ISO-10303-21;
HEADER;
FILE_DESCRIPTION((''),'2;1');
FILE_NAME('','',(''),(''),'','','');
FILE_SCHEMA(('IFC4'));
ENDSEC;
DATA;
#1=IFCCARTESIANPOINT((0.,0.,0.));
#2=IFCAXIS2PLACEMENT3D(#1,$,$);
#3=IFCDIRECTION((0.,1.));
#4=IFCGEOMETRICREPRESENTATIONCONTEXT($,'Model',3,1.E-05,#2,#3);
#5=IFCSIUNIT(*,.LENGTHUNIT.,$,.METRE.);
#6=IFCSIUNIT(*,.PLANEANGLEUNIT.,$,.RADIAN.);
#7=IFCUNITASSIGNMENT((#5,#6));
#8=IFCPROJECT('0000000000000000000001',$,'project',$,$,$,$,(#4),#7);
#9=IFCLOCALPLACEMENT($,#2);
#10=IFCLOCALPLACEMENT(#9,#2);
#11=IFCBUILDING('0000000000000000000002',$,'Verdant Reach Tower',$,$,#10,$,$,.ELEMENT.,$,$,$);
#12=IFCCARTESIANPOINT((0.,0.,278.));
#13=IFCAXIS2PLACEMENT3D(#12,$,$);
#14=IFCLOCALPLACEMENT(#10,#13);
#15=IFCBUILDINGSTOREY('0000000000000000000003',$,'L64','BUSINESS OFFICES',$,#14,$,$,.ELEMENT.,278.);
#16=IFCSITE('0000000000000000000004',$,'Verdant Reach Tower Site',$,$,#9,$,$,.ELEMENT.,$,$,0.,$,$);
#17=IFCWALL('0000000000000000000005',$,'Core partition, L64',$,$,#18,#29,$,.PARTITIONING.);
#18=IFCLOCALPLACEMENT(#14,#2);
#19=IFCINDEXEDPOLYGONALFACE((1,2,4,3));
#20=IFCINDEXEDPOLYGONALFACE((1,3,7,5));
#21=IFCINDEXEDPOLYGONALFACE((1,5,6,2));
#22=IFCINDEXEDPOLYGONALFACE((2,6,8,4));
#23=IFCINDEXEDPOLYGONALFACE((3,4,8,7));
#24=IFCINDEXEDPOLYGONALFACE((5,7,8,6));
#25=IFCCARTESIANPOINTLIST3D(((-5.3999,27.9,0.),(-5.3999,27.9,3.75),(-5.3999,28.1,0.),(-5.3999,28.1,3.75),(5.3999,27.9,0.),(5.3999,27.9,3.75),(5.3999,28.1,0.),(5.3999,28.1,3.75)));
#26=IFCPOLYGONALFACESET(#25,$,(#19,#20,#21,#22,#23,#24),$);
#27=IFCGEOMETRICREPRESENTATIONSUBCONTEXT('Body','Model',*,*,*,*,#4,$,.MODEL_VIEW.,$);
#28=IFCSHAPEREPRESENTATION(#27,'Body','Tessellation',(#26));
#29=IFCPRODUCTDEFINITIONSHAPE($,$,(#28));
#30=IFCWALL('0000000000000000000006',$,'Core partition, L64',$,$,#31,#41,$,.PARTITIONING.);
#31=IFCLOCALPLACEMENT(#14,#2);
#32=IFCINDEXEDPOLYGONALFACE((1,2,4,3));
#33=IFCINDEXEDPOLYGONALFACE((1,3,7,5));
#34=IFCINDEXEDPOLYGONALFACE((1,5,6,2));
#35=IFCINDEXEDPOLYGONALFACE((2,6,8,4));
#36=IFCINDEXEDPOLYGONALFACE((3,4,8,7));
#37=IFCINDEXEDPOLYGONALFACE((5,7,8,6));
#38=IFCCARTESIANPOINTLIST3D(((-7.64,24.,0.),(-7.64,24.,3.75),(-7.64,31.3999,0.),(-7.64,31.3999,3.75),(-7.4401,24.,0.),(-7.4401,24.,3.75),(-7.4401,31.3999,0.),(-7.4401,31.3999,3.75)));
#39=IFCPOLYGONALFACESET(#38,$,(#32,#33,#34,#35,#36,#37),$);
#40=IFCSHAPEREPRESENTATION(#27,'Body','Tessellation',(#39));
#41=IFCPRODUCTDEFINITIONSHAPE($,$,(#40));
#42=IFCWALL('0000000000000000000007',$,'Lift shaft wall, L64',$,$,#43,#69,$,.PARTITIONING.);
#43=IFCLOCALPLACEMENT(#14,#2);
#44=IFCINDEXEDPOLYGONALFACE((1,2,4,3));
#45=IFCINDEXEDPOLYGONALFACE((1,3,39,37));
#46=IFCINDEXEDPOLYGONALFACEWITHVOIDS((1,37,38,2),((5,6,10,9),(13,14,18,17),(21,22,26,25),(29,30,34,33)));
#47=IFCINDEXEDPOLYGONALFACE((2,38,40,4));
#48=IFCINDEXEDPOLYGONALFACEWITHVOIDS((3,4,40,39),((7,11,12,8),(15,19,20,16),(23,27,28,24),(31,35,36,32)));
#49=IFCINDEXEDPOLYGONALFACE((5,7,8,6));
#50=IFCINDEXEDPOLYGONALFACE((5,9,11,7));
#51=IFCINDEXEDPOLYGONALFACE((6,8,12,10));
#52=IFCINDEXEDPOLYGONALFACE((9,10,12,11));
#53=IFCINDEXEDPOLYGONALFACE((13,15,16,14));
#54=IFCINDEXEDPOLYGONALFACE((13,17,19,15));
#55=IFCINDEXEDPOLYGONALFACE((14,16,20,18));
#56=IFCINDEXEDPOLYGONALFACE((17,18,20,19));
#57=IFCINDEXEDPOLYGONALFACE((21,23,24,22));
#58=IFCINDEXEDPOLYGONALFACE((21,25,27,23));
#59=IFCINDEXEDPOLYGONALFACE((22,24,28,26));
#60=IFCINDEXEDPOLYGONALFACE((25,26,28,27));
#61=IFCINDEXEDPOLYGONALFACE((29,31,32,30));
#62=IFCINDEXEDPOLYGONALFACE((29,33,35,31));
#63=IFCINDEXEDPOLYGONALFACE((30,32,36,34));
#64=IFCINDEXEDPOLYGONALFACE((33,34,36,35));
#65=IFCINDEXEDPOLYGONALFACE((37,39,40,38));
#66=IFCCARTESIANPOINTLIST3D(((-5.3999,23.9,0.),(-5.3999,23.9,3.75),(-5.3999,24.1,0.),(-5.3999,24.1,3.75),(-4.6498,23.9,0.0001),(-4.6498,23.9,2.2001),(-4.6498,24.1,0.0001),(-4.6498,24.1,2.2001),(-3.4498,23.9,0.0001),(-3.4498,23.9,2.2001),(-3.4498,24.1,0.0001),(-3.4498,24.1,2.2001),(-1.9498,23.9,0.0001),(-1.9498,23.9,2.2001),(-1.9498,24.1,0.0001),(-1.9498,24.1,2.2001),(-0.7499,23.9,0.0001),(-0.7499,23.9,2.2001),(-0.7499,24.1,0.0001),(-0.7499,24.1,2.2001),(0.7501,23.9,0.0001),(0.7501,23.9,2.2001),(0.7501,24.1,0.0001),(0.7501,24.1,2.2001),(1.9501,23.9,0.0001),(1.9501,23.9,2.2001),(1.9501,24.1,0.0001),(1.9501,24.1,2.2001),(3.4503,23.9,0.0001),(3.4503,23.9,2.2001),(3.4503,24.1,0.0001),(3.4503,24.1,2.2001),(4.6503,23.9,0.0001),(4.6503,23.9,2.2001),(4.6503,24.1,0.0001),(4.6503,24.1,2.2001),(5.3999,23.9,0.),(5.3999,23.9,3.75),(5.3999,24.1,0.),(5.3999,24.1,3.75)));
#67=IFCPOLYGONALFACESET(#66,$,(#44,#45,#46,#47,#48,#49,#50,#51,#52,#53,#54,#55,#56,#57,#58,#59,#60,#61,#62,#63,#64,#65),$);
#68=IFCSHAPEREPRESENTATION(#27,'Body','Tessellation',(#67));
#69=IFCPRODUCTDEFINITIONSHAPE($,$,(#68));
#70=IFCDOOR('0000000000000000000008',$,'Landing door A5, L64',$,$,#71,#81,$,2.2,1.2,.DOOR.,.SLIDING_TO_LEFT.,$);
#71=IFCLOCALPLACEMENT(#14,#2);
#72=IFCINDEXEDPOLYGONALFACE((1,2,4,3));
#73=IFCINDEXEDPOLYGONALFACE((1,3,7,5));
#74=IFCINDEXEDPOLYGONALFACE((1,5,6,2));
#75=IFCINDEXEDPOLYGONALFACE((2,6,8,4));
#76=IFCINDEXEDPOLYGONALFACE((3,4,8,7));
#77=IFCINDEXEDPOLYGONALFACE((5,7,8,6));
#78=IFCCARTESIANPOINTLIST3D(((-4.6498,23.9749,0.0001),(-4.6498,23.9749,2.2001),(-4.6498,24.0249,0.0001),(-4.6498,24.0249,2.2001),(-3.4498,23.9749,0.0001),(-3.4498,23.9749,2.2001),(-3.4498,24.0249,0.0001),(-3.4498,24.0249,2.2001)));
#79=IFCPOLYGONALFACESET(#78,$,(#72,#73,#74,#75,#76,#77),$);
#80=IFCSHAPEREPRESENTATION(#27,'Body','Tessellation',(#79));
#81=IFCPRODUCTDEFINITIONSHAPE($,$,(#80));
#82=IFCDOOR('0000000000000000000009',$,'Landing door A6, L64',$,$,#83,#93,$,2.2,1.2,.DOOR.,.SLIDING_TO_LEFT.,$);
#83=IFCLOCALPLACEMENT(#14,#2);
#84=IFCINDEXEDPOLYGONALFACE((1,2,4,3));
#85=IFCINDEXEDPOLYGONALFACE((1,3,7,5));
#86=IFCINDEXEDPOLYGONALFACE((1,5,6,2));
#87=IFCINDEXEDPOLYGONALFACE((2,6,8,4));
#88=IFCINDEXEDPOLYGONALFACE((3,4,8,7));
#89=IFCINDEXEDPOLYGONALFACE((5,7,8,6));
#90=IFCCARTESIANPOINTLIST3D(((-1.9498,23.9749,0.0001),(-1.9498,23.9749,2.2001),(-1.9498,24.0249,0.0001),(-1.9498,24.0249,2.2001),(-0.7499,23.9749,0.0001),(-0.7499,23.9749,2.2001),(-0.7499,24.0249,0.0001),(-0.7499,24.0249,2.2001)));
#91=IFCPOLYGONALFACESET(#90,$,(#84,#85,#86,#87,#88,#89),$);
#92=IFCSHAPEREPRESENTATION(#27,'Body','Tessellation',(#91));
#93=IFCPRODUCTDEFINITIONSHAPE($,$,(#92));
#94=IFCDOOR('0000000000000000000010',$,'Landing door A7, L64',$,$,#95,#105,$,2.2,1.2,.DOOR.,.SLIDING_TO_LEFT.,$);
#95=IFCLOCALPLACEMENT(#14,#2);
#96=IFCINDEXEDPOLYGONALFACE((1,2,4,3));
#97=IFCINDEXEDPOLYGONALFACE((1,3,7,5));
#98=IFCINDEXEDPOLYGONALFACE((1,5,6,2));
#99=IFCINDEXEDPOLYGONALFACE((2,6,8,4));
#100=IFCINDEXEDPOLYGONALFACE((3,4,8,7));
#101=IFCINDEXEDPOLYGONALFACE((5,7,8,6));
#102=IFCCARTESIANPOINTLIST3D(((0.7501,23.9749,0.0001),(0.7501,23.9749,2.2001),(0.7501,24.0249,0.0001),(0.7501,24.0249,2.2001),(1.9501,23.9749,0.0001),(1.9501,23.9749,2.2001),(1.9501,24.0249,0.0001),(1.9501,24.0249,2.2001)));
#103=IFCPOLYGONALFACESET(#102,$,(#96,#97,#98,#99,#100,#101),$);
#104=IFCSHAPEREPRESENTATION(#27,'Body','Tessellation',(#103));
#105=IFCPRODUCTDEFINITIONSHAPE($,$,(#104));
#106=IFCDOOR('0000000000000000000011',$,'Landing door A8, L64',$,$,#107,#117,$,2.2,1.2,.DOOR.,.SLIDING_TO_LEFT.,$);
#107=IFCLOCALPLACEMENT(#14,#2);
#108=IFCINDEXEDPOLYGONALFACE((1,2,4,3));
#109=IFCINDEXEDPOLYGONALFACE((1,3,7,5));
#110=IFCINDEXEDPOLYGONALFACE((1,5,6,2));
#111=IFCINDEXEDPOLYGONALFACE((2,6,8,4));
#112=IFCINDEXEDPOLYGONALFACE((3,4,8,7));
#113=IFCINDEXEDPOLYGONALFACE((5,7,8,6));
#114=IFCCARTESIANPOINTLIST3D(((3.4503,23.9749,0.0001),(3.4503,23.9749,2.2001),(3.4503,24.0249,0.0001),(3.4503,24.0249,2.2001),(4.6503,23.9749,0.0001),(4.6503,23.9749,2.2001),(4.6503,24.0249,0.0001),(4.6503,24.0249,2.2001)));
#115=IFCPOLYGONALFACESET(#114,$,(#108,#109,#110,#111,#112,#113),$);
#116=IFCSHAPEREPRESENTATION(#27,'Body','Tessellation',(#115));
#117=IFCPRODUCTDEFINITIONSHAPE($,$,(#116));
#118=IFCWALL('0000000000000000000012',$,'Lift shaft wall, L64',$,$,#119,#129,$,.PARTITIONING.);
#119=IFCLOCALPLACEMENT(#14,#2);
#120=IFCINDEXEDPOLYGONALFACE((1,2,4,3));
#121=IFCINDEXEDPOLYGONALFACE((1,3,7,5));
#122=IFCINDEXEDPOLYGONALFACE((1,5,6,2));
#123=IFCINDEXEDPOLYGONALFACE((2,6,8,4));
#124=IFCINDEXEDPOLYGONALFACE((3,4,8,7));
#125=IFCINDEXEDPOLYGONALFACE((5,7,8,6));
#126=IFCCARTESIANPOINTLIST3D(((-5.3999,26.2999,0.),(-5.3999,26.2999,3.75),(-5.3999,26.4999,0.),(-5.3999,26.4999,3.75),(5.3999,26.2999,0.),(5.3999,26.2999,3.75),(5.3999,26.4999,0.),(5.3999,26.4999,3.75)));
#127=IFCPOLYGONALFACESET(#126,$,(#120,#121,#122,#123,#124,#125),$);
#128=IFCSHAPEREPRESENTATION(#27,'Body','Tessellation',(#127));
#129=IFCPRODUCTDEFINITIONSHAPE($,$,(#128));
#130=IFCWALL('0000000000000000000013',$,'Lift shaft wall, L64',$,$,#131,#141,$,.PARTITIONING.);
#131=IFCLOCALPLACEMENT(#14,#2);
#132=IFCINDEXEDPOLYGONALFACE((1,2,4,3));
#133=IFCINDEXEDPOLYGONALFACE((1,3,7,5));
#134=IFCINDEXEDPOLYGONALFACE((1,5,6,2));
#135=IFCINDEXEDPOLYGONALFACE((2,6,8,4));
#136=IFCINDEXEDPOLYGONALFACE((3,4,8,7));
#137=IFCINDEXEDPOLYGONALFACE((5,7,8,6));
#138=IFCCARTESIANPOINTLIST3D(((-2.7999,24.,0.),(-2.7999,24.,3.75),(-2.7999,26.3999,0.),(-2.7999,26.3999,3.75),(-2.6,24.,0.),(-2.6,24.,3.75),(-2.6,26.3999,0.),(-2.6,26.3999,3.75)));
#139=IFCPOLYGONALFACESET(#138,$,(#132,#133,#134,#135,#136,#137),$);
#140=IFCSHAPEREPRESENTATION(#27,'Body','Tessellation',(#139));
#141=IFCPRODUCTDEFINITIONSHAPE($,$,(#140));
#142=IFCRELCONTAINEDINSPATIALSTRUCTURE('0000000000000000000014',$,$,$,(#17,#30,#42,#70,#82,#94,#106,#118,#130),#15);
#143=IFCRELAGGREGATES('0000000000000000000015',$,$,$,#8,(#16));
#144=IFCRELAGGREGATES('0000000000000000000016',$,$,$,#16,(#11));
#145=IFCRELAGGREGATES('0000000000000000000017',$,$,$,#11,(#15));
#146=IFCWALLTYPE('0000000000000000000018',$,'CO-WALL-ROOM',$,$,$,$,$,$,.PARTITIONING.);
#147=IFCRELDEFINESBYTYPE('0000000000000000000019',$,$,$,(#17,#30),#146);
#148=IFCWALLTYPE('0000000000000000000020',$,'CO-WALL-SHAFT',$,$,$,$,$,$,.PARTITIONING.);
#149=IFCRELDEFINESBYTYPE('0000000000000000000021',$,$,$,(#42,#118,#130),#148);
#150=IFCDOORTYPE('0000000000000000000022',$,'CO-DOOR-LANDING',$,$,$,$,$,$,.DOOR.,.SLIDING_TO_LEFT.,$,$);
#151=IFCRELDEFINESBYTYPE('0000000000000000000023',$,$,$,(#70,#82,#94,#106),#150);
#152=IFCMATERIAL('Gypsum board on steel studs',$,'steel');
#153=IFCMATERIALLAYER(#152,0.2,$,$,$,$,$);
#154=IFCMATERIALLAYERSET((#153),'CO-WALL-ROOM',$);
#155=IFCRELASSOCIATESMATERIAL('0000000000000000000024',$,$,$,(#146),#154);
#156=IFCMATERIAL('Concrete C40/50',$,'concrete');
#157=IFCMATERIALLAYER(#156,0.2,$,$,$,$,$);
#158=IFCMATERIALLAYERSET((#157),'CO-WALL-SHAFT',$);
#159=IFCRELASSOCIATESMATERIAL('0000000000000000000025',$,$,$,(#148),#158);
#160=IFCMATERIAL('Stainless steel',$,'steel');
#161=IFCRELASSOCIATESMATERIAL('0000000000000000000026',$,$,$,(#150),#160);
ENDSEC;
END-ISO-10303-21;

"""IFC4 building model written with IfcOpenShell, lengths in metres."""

from ifc_helpers import new_model, si_unit, direction, frame, frame_2d, origin, place, context, subcontext, project, spatial, rectangle, extrude, material, layer, layer_set, type_object, element, fill, save


model = new_model("IFC4")

# Units and contexts
model_context = context("Model", 3, precision=1e-05, world=origin(), true_north=direction((0.0, 1.0)))
body_context = subcontext(model_context, "Body", "Model", "MODEL_VIEW")
ifc_project = project(units=[si_unit("LENGTHUNIT", "METRE"), si_unit("PLANEANGLEUNIT", "RADIAN")], contexts=[model_context])

# Site, building, storey
site_placement = place(None, origin())
site = spatial("IfcSite", under=ifc_project, at=site_placement, Name="Verdant Reach Tower Site", CompositionType="ELEMENT", RefElevation=0.0)
building_placement = place(site_placement, origin())
building = spatial("IfcBuilding", under=site, at=building_placement, Name="Verdant Reach Tower", CompositionType="ELEMENT")
storey_placement = place(building_placement, frame((0.0, 0.0, 278.0)))
storey = spatial("IfcBuildingStorey", under=building, at=storey_placement, Name="L64", Description="BUSINESS OFFICES", CompositionType="ELEMENT", Elevation=278.0)

# Walls
ifc_material_1 = material(Name="Gypsum board on steel studs", Category="steel")
ifc_layer_1 = layer(ifc_material_1, 0.2)
ifc_layer_set_1 = layer_set([ifc_layer_1], Name="CO-WALL-ROOM")
wall_type_1 = type_object("IfcWallType", Name="CO-WALL-ROOM", PredefinedType="PARTITIONING", material=ifc_layer_set_1)
wall_1_placement = place(storey_placement, frame((-5.3999, 28.0, 0.0), z_axis=(0.0, 0.0, 1.0), x_axis=(1.0, 0.0, 0.0)))
element("IfcWall", 1, at=wall_1_placement, inside=storey, type_object=wall_type_1, Name="Core partition, L64", PredefinedType="PARTITIONING", context=body_context, shape_type="SweptSolid", body=[
    extrude(rectangle(XDim=10.7998, YDim=0.2, at=frame_2d((5.3999, 0.0))), origin(), (0.0, 0.0, 1.0), 3.75),
])
wall_2_placement = place(storey_placement, frame((-7.54, 24.0, 0.0), z_axis=(0.0, 0.0, 1.0), x_axis=(0.0, 1.0, 0.0)))
element("IfcWall", 2, at=wall_2_placement, inside=storey, type_object=wall_type_1, Name="Core partition, L64", PredefinedType="PARTITIONING", context=body_context, shape_type="SweptSolid", body=[
    extrude(rectangle(XDim=7.3999, YDim=0.2, at=frame_2d((3.7, 0.0))), origin(), (0.0, 0.0, 1.0), 3.75),
])

# Wall, openings, doors
ifc_material_2 = material(Name="Concrete C40/50", Category="concrete")
ifc_layer_2 = layer(ifc_material_2, 0.2)
ifc_layer_set_2 = layer_set([ifc_layer_2], Name="CO-WALL-SHAFT")
wall_type_2 = type_object("IfcWallType", Name="CO-WALL-SHAFT", PredefinedType="PARTITIONING", material=ifc_layer_set_2)
wall_3_placement = place(storey_placement, frame((-5.3999, 24.0, 0.0), z_axis=(0.0, 0.0, 1.0), x_axis=(1.0, 0.0, 0.0)))
wall_3 = element("IfcWall", 3, at=wall_3_placement, inside=storey, type_object=wall_type_2, Name="Lift shaft wall, L64", PredefinedType="PARTITIONING", context=body_context, shape_type="SweptSolid", body=[
    extrude(rectangle(XDim=10.7998, YDim=0.2, at=frame_2d((5.3999, 0.0))), origin(), (0.0, 0.0, 1.0), 3.75),
])
opening_1_placement = place(wall_3_placement, frame((0.75, 0.0, 0.0)))
opening_1 = element("IfcOpeningElement", 4, at=opening_1_placement, cuts=wall_3, PredefinedType="OPENING", context=body_context, shape_type="SweptSolid", body=[
    extrude(rectangle(XDim=1.2, YDim=2.2, at=frame_2d((0.6001, 1.1001))), frame((0.0, 0.1099, 0.0), z_axis=(0.0, -1.0, 0.0), x_axis=(1.0, 0.0, 0.0)), (0.0, 0.0, 1.0), 0.22),
])
opening_2_placement = place(wall_3_placement, frame((3.45, 0.0, 0.0)))
opening_2 = element("IfcOpeningElement", 5, at=opening_2_placement, cuts=wall_3, PredefinedType="OPENING", context=body_context, shape_type="SweptSolid", body=[
    extrude(rectangle(XDim=1.2, YDim=2.2, at=frame_2d((0.6001, 1.1001))), frame((0.0, 0.1099, 0.0), z_axis=(0.0, -1.0, 0.0), x_axis=(1.0, 0.0, 0.0)), (0.0, 0.0, 1.0), 0.22),
])
opening_3_placement = place(wall_3_placement, frame((6.1499, 0.0, 0.0)))
opening_3 = element("IfcOpeningElement", 6, at=opening_3_placement, cuts=wall_3, PredefinedType="OPENING", context=body_context, shape_type="SweptSolid", body=[
    extrude(rectangle(XDim=1.2, YDim=2.2, at=frame_2d((0.6001, 1.1001))), frame((0.0, 0.1099, 0.0), z_axis=(0.0, -1.0, 0.0), x_axis=(1.0, 0.0, 0.0)), (0.0, 0.0, 1.0), 0.22),
])
opening_4_placement = place(wall_3_placement, frame((8.8501, 0.0, 0.0)))
opening_4 = element("IfcOpeningElement", 7, at=opening_4_placement, cuts=wall_3, PredefinedType="OPENING", context=body_context, shape_type="SweptSolid", body=[
    extrude(rectangle(XDim=1.2, YDim=2.2, at=frame_2d((0.6001, 1.1001))), frame((0.0, 0.1099, 0.0), z_axis=(0.0, -1.0, 0.0), x_axis=(1.0, 0.0, 0.0)), (0.0, 0.0, 1.0), 0.22),
])
ifc_material_3 = material(Name="Stainless steel", Category="steel")
door_type_1 = type_object("IfcDoorType", Name="CO-DOOR-LANDING", OperationType="SLIDING_TO_LEFT", PredefinedType="DOOR", material=ifc_material_3)
door_1_placement = place(opening_1_placement, origin())
door_1 = element("IfcDoor", 8, at=door_1_placement, inside=storey, type_object=door_type_1, Name="Landing door A5, L64", OperationType="SLIDING_TO_LEFT", OverallHeight=2.2, OverallWidth=1.2, PredefinedType="DOOR", context=body_context, shape_type="SweptSolid", body=[
    extrude(rectangle(XDim=1.2, YDim=2.2, at=frame_2d((0.6001, 1.1001))), frame((0.0, 0.0249, 0.0), z_axis=(0.0, -1.0, 0.0), x_axis=(1.0, 0.0, 0.0)), (0.0, 0.0, 1.0), 0.05),
])
fill(opening_1, door_1)
door_2_placement = place(opening_2_placement, origin())
door_2 = element("IfcDoor", 9, at=door_2_placement, inside=storey, type_object=door_type_1, Name="Landing door A6, L64", OperationType="SLIDING_TO_LEFT", OverallHeight=2.2, OverallWidth=1.2, PredefinedType="DOOR", context=body_context, shape_type="SweptSolid", body=[
    extrude(rectangle(XDim=1.2, YDim=2.2, at=frame_2d((0.6001, 1.1001))), frame((0.0, 0.0249, 0.0), z_axis=(0.0, -1.0, 0.0), x_axis=(1.0, 0.0, 0.0)), (0.0, 0.0, 1.0), 0.05),
])
fill(opening_2, door_2)
door_3_placement = place(opening_3_placement, origin())
door_3 = element("IfcDoor", 10, at=door_3_placement, inside=storey, type_object=door_type_1, Name="Landing door A7, L64", OperationType="SLIDING_TO_LEFT", OverallHeight=2.2, OverallWidth=1.2, PredefinedType="DOOR", context=body_context, shape_type="SweptSolid", body=[
    extrude(rectangle(XDim=1.2, YDim=2.2, at=frame_2d((0.6001, 1.1001))), frame((0.0, 0.0249, 0.0), z_axis=(0.0, -1.0, 0.0), x_axis=(1.0, 0.0, 0.0)), (0.0, 0.0, 1.0), 0.05),
])
fill(opening_3, door_3)
door_4_placement = place(opening_4_placement, origin())
door_4 = element("IfcDoor", 11, at=door_4_placement, inside=storey, type_object=door_type_1, Name="Landing door A8, L64", OperationType="SLIDING_TO_LEFT", OverallHeight=2.2, OverallWidth=1.2, PredefinedType="DOOR", context=body_context, shape_type="SweptSolid", body=[
    extrude(rectangle(XDim=1.2, YDim=2.2, at=frame_2d((0.6001, 1.1001))), frame((0.0, 0.0249, 0.0), z_axis=(0.0, -1.0, 0.0), x_axis=(1.0, 0.0, 0.0)), (0.0, 0.0, 1.0), 0.05),
])
fill(opening_4, door_4)

# Walls
wall_4_placement = place(storey_placement, frame((-5.3999, 26.3999, 0.0), z_axis=(0.0, 0.0, 1.0), x_axis=(1.0, 0.0, 0.0)))
element("IfcWall", 12, at=wall_4_placement, inside=storey, type_object=wall_type_2, Name="Lift shaft wall, L64", PredefinedType="PARTITIONING", context=body_context, shape_type="SweptSolid", body=[
    extrude(rectangle(XDim=10.7998, YDim=0.2, at=frame_2d((5.3999, 0.0))), origin(), (0.0, 0.0, 1.0), 3.75),
])
wall_5_placement = place(storey_placement, frame((-2.7, 24.0, 0.0), z_axis=(0.0, 0.0, 1.0), x_axis=(0.0, 1.0, 0.0)))
element("IfcWall", 13, at=wall_5_placement, inside=storey, type_object=wall_type_2, Name="Lift shaft wall, L64", PredefinedType="PARTITIONING", context=body_context, shape_type="SweptSolid", body=[
    extrude(rectangle(XDim=2.3999, YDim=0.2, at=frame_2d((1.2, 0.0))), origin(), (0.0, 0.0, 1.0), 3.75),
])

save(model, "model.ifc")
